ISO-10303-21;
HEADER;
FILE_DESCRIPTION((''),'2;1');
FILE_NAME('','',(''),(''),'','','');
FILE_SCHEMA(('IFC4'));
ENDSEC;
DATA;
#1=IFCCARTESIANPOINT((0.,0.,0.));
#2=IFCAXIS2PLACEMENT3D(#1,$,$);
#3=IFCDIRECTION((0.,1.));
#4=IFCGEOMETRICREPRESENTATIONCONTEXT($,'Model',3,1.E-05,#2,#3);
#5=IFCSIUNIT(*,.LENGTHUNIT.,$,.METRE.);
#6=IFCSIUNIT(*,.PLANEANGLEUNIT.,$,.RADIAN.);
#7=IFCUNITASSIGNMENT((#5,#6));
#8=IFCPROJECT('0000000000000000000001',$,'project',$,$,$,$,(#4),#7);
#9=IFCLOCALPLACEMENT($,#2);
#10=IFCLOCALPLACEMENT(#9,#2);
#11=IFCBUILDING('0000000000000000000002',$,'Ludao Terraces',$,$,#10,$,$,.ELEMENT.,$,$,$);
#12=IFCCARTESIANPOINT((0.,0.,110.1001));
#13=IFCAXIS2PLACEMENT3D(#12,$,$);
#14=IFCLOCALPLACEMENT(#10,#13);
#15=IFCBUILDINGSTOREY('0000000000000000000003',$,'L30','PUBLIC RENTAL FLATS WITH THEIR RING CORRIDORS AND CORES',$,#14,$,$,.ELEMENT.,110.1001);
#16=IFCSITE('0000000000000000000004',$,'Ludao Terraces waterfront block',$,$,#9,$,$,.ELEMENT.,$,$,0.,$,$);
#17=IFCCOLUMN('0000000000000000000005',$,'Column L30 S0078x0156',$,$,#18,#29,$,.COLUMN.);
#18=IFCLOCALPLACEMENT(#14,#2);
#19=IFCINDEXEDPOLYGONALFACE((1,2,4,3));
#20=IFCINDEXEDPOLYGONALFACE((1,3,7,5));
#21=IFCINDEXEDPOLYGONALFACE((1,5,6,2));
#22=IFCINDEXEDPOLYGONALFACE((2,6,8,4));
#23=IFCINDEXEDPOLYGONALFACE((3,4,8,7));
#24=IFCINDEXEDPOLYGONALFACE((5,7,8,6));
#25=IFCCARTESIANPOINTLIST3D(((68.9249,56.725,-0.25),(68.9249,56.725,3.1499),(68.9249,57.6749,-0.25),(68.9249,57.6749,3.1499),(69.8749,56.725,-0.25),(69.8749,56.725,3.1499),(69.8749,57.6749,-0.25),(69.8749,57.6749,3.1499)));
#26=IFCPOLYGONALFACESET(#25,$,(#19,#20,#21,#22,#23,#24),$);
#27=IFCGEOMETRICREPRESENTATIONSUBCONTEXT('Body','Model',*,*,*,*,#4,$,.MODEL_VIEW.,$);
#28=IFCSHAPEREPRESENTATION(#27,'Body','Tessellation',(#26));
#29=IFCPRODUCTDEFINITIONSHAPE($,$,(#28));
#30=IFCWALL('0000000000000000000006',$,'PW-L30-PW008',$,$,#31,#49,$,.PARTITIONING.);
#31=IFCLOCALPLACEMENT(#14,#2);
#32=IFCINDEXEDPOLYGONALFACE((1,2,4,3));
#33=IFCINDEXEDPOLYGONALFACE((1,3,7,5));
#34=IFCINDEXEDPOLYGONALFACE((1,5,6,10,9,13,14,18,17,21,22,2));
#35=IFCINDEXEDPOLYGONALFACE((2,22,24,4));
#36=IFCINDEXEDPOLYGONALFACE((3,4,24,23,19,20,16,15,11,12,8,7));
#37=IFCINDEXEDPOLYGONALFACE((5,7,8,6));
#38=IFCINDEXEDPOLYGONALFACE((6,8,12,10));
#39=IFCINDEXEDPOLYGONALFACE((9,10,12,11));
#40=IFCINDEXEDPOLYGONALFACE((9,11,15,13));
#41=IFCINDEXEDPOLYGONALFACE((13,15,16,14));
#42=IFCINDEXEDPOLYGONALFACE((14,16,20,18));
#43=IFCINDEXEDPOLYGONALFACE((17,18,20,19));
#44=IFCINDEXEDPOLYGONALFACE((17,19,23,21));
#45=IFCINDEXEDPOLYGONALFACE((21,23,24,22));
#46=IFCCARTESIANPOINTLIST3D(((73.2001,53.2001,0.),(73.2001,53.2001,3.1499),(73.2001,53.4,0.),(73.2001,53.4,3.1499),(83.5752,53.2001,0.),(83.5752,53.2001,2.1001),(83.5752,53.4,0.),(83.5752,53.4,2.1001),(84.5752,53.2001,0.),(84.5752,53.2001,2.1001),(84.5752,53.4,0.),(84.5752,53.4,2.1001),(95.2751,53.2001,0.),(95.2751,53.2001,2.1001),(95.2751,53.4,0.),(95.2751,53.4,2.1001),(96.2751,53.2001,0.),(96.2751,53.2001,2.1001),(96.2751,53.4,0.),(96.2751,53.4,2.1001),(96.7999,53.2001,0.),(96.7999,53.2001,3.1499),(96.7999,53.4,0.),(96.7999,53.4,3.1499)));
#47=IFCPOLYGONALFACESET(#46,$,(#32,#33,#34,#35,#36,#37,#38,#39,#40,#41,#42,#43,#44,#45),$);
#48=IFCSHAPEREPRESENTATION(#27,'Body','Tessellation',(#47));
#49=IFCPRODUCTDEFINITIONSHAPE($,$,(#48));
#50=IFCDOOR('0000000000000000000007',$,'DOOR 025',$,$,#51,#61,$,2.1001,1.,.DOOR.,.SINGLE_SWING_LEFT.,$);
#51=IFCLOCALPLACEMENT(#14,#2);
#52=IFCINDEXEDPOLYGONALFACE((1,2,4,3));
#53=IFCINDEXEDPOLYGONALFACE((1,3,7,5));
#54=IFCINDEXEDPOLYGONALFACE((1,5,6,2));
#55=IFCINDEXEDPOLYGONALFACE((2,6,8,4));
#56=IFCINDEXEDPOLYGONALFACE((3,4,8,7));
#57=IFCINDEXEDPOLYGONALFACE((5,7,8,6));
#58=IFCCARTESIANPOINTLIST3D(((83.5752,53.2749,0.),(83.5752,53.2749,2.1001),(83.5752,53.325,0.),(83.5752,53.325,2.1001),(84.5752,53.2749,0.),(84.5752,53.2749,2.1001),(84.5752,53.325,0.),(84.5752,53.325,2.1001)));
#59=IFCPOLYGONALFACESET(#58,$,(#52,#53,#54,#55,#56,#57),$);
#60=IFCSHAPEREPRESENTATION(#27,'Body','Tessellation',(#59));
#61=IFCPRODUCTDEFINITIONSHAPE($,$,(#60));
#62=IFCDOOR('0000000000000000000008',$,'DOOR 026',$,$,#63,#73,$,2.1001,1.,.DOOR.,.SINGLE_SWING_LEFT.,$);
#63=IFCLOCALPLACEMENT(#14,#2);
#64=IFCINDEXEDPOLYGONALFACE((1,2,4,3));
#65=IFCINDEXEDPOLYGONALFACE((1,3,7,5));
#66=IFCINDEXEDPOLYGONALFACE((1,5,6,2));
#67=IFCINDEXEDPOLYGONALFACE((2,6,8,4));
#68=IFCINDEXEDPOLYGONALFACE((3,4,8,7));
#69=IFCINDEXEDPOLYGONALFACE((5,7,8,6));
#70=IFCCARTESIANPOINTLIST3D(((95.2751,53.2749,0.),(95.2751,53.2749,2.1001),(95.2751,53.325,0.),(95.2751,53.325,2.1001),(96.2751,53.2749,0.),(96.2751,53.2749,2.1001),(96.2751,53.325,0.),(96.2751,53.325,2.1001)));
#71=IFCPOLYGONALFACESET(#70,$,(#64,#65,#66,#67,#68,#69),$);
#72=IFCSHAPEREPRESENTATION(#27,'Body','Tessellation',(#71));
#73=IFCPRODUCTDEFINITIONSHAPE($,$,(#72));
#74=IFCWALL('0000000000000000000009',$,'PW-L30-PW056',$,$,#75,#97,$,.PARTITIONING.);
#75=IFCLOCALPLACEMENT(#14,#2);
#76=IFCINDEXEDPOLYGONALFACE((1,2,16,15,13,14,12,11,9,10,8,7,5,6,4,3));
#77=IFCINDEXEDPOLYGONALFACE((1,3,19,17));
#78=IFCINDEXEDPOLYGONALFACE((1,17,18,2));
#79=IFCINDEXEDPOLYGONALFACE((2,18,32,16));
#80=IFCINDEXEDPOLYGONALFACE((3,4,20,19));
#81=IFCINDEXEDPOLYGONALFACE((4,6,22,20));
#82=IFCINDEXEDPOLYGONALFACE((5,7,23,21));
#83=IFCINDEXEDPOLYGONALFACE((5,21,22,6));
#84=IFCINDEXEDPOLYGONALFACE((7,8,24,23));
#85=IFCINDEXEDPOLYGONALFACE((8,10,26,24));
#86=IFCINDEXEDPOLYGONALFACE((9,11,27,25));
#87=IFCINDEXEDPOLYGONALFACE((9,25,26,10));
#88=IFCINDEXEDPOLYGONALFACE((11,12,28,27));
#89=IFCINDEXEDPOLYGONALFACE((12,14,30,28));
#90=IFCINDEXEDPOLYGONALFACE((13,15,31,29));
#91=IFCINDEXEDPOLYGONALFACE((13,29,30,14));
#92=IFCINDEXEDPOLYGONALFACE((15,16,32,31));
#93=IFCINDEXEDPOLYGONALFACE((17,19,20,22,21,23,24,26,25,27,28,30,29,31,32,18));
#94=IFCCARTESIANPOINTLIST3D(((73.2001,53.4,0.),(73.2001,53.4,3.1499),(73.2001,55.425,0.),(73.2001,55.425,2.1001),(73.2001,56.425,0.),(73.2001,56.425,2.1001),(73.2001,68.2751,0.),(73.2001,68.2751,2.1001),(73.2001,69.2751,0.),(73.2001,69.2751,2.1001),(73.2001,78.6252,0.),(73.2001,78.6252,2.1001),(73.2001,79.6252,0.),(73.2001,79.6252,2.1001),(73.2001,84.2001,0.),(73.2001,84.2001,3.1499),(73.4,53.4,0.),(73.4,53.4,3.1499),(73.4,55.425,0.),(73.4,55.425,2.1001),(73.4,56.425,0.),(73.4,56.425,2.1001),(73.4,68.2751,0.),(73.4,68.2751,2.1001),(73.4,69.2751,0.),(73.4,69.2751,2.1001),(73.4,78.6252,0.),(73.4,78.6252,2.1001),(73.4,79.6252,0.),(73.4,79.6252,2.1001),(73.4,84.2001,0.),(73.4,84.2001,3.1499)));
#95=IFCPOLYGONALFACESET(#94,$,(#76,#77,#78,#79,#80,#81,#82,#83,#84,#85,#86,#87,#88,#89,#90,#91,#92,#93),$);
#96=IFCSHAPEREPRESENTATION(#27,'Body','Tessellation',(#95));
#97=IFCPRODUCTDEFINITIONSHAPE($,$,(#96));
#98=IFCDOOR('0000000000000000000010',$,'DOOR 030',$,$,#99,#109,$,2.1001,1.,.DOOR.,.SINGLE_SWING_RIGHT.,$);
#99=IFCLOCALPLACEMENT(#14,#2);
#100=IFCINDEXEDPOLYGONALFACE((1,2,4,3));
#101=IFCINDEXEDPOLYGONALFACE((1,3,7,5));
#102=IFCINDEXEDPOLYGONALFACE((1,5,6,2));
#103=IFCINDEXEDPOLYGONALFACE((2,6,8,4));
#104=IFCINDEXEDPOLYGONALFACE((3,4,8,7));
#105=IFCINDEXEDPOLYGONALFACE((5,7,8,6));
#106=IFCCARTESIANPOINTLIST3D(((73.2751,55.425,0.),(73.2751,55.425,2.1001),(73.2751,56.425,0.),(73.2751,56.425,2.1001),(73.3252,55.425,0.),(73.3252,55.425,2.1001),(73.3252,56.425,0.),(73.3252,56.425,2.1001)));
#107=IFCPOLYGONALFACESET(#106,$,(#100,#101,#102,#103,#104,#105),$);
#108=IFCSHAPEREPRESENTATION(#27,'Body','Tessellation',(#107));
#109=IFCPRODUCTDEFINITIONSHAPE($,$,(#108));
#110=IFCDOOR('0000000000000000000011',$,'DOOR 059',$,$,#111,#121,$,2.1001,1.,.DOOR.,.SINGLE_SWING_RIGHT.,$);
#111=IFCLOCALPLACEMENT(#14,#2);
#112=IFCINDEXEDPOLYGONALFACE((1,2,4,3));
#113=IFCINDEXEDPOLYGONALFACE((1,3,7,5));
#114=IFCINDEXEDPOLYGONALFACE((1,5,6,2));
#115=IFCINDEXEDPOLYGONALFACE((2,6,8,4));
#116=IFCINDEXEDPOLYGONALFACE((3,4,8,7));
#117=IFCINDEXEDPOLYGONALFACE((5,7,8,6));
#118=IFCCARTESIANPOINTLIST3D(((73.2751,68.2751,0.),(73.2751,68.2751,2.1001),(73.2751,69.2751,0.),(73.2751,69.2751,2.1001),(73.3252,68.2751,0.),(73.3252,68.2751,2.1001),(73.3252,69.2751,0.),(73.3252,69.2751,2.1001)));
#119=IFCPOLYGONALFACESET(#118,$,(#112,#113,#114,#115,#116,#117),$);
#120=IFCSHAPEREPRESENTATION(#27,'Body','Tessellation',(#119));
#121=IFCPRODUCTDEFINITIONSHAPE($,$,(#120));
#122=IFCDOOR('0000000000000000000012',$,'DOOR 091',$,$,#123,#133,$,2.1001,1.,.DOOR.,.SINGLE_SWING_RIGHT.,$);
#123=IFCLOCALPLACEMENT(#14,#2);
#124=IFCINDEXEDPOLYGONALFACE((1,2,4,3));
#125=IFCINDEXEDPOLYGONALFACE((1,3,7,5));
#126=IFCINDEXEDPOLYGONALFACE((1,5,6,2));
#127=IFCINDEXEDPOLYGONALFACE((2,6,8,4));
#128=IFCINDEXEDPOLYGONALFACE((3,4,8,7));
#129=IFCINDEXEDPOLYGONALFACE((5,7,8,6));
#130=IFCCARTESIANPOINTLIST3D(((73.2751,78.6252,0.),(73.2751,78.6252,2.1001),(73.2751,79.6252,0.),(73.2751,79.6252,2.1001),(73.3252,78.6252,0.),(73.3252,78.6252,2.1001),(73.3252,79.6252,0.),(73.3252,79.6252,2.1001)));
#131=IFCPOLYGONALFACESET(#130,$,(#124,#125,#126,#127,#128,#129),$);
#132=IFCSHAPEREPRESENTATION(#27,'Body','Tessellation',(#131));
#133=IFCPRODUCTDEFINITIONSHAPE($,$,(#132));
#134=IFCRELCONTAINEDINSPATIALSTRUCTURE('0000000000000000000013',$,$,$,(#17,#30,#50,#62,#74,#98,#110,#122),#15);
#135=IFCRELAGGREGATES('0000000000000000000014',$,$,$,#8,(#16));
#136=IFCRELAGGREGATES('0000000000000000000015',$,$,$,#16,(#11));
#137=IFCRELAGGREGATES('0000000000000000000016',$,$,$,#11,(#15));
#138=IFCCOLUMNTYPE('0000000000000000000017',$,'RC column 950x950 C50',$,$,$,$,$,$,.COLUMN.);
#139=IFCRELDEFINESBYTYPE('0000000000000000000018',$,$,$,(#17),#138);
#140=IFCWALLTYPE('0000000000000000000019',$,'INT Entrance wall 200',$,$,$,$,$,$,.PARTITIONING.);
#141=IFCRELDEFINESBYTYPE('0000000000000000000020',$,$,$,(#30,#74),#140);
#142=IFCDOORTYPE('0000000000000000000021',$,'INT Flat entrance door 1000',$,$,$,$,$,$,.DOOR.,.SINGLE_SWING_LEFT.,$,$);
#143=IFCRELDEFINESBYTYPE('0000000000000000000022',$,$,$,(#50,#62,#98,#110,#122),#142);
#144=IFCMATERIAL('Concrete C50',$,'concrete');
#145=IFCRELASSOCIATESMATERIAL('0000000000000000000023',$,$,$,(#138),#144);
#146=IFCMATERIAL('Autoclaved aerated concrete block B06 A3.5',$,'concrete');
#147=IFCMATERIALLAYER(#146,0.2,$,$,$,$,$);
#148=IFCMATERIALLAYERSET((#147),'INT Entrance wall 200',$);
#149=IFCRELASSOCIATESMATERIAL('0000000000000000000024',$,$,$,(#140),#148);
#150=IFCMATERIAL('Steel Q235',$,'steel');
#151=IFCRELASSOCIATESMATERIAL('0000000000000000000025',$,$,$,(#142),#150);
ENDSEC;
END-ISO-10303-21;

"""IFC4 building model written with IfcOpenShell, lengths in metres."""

from ifc_helpers import new_model, si_unit, direction, frame, frame_2d, origin, origin_2d, place, context, subcontext, project, spatial, rectangle, extrude, material, layer, layer_set, material_profile, profile_set, type_object, element, fill, save


model = new_model("IFC4")

# Units and contexts
model_context = context("Model", 3, precision=1e-05, world=origin(), true_north=direction((0.0, 1.0)))
body_context = subcontext(model_context, "Body", "Model", "MODEL_VIEW")
ifc_project = project(units=[si_unit("LENGTHUNIT", "METRE"), si_unit("PLANEANGLEUNIT", "RADIAN")], contexts=[model_context])

# Site, building, storey
site_placement = place(None, origin())
site = spatial("IfcSite", under=ifc_project, at=site_placement, Name="Ludao Terraces waterfront block", CompositionType="ELEMENT", RefElevation=0.0)
building_placement = place(site_placement, origin())
building = spatial("IfcBuilding", under=site, at=building_placement, Name="Ludao Terraces", CompositionType="ELEMENT")
storey_placement = place(building_placement, frame((0.0, 0.0, 110.1001)))
storey = spatial("IfcBuildingStorey", under=building, at=storey_placement, Name="L30", Description="PUBLIC RENTAL FLATS WITH THEIR RING CORRIDORS AND CORES", CompositionType="ELEMENT", Elevation=110.1001)

# Column
ifc_material_1 = material(Name="Concrete C50", Category="concrete")
ifc_material_profile = material_profile(ifc_material_1, rectangle(XDim=0.95, YDim=0.95, at=origin_2d()), Name="950 X 950")
ifc_profile_set = profile_set([ifc_material_profile], Name="Concrete C50")
column_type = type_object("IfcColumnType", Name="RC column 950x950 C50", PredefinedType="COLUMN", material=ifc_profile_set)
column_placement = place(storey_placement, frame((69.3999, 57.2, -0.25), z_axis=(0.0, 0.0, 1.0), x_axis=(1.0, 0.0, 0.0)))
element("IfcColumn", 1, at=column_placement, inside=storey, type_object=column_type, Name="Column L30 S0078x0156", PredefinedType="COLUMN", context=body_context, shape_type="SweptSolid", body=[
    extrude(rectangle(XDim=0.95, YDim=0.95, at=origin_2d()), origin(), (0.0, 0.0, 1.0), 3.3999),
])

# Walls, openings, doors
ifc_material_2 = material(Name="Autoclaved aerated concrete block B06 A3.5", Category="concrete")
ifc_layer_1 = layer(ifc_material_2, 0.2)
ifc_layer_set_1 = layer_set([ifc_layer_1], Name="INT Entrance wall 200")
wall_type_1 = type_object("IfcWallType", Name="INT Entrance wall 200", PredefinedType="PARTITIONING", material=ifc_layer_set_1)
wall_1_placement = place(storey_placement, frame((73.2002, 53.3, 0.0), z_axis=(0.0, 0.0, 1.0), x_axis=(1.0, 0.0, 0.0)))
wall_1 = element("IfcWall", 2, at=wall_1_placement, inside=storey, type_object=wall_type_1, Name="PW-L30-PW008", PredefinedType="PARTITIONING", context=body_context, shape_type="SweptSolid", body=[
    extrude(rectangle(XDim=23.5999, YDim=0.2, at=frame_2d((11.7998, 0.0))), origin(), (0.0, 0.0, 1.0), 3.1499),
])
opening_1_placement = place(wall_1_placement, frame((10.375, 0.0, 0.0)))
opening_1 = element("IfcOpeningElement", 3, at=opening_1_placement, cuts=wall_1, PredefinedType="OPENING", context=body_context, shape_type="SweptSolid", body=[
    extrude(rectangle(XDim=1.0, YDim=2.1001, at=frame_2d((0.5, 1.05))), frame((0.0, 0.1099, 0.0), z_axis=(0.0, -1.0, 0.0), x_axis=(1.0, 0.0, 0.0)), (0.0, 0.0, 1.0), 0.22),
])
opening_2_placement = place(wall_1_placement, frame((22.075, 0.0, 0.0)))
opening_2 = element("IfcOpeningElement", 4, at=opening_2_placement, cuts=wall_1, PredefinedType="OPENING", context=body_context, shape_type="SweptSolid", body=[
    extrude(rectangle(XDim=1.0, YDim=2.1001, at=frame_2d((0.5, 1.05))), frame((0.0, 0.1099, 0.0), z_axis=(0.0, -1.0, 0.0), x_axis=(1.0, 0.0, 0.0)), (0.0, 0.0, 1.0), 0.22),
])
ifc_material_3 = material(Name="Steel Q235", Category="steel")
door_type_1 = type_object("IfcDoorType", Name="INT Flat entrance door 1000", OperationType="SINGLE_SWING_LEFT", PredefinedType="DOOR", material=ifc_material_3)
door_1_placement = place(opening_1_placement, origin())
door_1 = element("IfcDoor", 5, at=door_1_placement, inside=storey, type_object=door_type_1, Name="DOOR 025", OperationType="SINGLE_SWING_LEFT", OverallHeight=2.1001, OverallWidth=1.0, PredefinedType="DOOR", context=body_context, shape_type="SweptSolid", body=[
    extrude(rectangle(XDim=1.0, YDim=2.1001, at=frame_2d((0.5, 1.05))), frame((0.0, 0.0249, 0.0), z_axis=(0.0, -1.0, 0.0), x_axis=(1.0, 0.0, 0.0)), (0.0, 0.0, 1.0), 0.05),
])
fill(opening_1, door_1)
door_2_placement = place(opening_2_placement, origin())
door_2 = element("IfcDoor", 6, at=door_2_placement, inside=storey, type_object=door_type_1, Name="DOOR 026", OperationType="SINGLE_SWING_LEFT", OverallHeight=2.1001, OverallWidth=1.0, PredefinedType="DOOR", context=body_context, shape_type="SweptSolid", body=[
    extrude(rectangle(XDim=1.0, YDim=2.1001, at=frame_2d((0.5, 1.05))), frame((0.0, 0.0249, 0.0), z_axis=(0.0, -1.0, 0.0), x_axis=(1.0, 0.0, 0.0)), (0.0, 0.0, 1.0), 0.05),
])
fill(opening_2, door_2)
wall_2_placement = place(storey_placement, frame((73.3, 53.4001, 0.0), z_axis=(0.0, 0.0, 1.0), x_axis=(0.0, 1.0, 0.0)))
wall_2 = element("IfcWall", 7, at=wall_2_placement, inside=storey, type_object=wall_type_1, Name="PW-L30-PW056", PredefinedType="PARTITIONING", context=body_context, shape_type="SweptSolid", body=[
    extrude(rectangle(XDim=30.8, YDim=0.2, at=frame_2d((15.3999, 0.0))), origin(), (0.0, 0.0, 1.0), 3.1499),
])
opening_3_placement = place(wall_2_placement, frame((2.0249, 0.0, 0.0)))
opening_3 = element("IfcOpeningElement", 8, at=opening_3_placement, cuts=wall_2, PredefinedType="OPENING", context=body_context, shape_type="SweptSolid", body=[
    extrude(rectangle(XDim=1.0, YDim=2.1001, at=frame_2d((0.5, 1.05))), frame((0.0, 0.1099, 0.0), z_axis=(0.0, -1.0, 0.0), x_axis=(1.0, 0.0, 0.0)), (0.0, 0.0, 1.0), 0.22),
])
opening_4_placement = place(wall_2_placement, frame((14.875, 0.0, 0.0)))
opening_4 = element("IfcOpeningElement", 9, at=opening_4_placement, cuts=wall_2, PredefinedType="OPENING", context=body_context, shape_type="SweptSolid", body=[
    extrude(rectangle(XDim=1.0, YDim=2.1001, at=frame_2d((0.5, 1.05))), frame((0.0, 0.1099, 0.0), z_axis=(0.0, -1.0, 0.0), x_axis=(1.0, 0.0, 0.0)), (0.0, 0.0, 1.0), 0.22),
])
opening_5_placement = place(wall_2_placement, frame((25.2251, 0.0, 0.0)))
opening_5 = element("IfcOpeningElement", 10, at=opening_5_placement, cuts=wall_2, PredefinedType="OPENING", context=body_context, shape_type="SweptSolid", body=[
    extrude(rectangle(XDim=1.0, YDim=2.1001, at=frame_2d((0.5, 1.05))), frame((0.0, 0.1099, 0.0), z_axis=(0.0, -1.0, 0.0), x_axis=(1.0, 0.0, 0.0)), (0.0, 0.0, 1.0), 0.22),
])
door_3_placement = place(opening_3_placement, origin())
door_3 = element("IfcDoor", 11, at=door_3_placement, inside=storey, type_object=door_type_1, Name="DOOR 030", OperationType="SINGLE_SWING_RIGHT", OverallHeight=2.1001, OverallWidth=1.0, PredefinedType="DOOR", context=body_context, shape_type="SweptSolid", body=[
    extrude(rectangle(XDim=1.0, YDim=2.1001, at=frame_2d((0.5, 1.05))), frame((0.0, 0.0249, 0.0), z_axis=(0.0, -1.0, 0.0), x_axis=(1.0, 0.0, 0.0)), (0.0, 0.0, 1.0), 0.05),
])
fill(opening_3, door_3)
door_4_placement = place(opening_4_placement, origin())
door_4 = element("IfcDoor", 12, at=door_4_placement, inside=storey, type_object=door_type_1, Name="DOOR 059", OperationType="SINGLE_SWING_RIGHT", OverallHeight=2.1001, OverallWidth=1.0, PredefinedType="DOOR", context=body_context, shape_type="SweptSolid", body=[
    extrude(rectangle(XDim=1.0, YDim=2.1001, at=frame_2d((0.5, 1.05))), frame((0.0, 0.0249, 0.0), z_axis=(0.0, -1.0, 0.0), x_axis=(1.0, 0.0, 0.0)), (0.0, 0.0, 1.0), 0.05),
])
fill(opening_4, door_4)
door_5_placement = place(opening_5_placement, origin())
door_5 = element("IfcDoor", 13, at=door_5_placement, inside=storey, type_object=door_type_1, Name="DOOR 091", OperationType="SINGLE_SWING_RIGHT", OverallHeight=2.1001, OverallWidth=1.0, PredefinedType="DOOR", context=body_context, shape_type="SweptSolid", body=[
    extrude(rectangle(XDim=1.0, YDim=2.1001, at=frame_2d((0.5, 1.05))), frame((0.0, 0.0249, 0.0), z_axis=(0.0, -1.0, 0.0), x_axis=(1.0, 0.0, 0.0)), (0.0, 0.0, 1.0), 0.05),
])
fill(opening_5, door_5)

save(model, "model.ifc")
